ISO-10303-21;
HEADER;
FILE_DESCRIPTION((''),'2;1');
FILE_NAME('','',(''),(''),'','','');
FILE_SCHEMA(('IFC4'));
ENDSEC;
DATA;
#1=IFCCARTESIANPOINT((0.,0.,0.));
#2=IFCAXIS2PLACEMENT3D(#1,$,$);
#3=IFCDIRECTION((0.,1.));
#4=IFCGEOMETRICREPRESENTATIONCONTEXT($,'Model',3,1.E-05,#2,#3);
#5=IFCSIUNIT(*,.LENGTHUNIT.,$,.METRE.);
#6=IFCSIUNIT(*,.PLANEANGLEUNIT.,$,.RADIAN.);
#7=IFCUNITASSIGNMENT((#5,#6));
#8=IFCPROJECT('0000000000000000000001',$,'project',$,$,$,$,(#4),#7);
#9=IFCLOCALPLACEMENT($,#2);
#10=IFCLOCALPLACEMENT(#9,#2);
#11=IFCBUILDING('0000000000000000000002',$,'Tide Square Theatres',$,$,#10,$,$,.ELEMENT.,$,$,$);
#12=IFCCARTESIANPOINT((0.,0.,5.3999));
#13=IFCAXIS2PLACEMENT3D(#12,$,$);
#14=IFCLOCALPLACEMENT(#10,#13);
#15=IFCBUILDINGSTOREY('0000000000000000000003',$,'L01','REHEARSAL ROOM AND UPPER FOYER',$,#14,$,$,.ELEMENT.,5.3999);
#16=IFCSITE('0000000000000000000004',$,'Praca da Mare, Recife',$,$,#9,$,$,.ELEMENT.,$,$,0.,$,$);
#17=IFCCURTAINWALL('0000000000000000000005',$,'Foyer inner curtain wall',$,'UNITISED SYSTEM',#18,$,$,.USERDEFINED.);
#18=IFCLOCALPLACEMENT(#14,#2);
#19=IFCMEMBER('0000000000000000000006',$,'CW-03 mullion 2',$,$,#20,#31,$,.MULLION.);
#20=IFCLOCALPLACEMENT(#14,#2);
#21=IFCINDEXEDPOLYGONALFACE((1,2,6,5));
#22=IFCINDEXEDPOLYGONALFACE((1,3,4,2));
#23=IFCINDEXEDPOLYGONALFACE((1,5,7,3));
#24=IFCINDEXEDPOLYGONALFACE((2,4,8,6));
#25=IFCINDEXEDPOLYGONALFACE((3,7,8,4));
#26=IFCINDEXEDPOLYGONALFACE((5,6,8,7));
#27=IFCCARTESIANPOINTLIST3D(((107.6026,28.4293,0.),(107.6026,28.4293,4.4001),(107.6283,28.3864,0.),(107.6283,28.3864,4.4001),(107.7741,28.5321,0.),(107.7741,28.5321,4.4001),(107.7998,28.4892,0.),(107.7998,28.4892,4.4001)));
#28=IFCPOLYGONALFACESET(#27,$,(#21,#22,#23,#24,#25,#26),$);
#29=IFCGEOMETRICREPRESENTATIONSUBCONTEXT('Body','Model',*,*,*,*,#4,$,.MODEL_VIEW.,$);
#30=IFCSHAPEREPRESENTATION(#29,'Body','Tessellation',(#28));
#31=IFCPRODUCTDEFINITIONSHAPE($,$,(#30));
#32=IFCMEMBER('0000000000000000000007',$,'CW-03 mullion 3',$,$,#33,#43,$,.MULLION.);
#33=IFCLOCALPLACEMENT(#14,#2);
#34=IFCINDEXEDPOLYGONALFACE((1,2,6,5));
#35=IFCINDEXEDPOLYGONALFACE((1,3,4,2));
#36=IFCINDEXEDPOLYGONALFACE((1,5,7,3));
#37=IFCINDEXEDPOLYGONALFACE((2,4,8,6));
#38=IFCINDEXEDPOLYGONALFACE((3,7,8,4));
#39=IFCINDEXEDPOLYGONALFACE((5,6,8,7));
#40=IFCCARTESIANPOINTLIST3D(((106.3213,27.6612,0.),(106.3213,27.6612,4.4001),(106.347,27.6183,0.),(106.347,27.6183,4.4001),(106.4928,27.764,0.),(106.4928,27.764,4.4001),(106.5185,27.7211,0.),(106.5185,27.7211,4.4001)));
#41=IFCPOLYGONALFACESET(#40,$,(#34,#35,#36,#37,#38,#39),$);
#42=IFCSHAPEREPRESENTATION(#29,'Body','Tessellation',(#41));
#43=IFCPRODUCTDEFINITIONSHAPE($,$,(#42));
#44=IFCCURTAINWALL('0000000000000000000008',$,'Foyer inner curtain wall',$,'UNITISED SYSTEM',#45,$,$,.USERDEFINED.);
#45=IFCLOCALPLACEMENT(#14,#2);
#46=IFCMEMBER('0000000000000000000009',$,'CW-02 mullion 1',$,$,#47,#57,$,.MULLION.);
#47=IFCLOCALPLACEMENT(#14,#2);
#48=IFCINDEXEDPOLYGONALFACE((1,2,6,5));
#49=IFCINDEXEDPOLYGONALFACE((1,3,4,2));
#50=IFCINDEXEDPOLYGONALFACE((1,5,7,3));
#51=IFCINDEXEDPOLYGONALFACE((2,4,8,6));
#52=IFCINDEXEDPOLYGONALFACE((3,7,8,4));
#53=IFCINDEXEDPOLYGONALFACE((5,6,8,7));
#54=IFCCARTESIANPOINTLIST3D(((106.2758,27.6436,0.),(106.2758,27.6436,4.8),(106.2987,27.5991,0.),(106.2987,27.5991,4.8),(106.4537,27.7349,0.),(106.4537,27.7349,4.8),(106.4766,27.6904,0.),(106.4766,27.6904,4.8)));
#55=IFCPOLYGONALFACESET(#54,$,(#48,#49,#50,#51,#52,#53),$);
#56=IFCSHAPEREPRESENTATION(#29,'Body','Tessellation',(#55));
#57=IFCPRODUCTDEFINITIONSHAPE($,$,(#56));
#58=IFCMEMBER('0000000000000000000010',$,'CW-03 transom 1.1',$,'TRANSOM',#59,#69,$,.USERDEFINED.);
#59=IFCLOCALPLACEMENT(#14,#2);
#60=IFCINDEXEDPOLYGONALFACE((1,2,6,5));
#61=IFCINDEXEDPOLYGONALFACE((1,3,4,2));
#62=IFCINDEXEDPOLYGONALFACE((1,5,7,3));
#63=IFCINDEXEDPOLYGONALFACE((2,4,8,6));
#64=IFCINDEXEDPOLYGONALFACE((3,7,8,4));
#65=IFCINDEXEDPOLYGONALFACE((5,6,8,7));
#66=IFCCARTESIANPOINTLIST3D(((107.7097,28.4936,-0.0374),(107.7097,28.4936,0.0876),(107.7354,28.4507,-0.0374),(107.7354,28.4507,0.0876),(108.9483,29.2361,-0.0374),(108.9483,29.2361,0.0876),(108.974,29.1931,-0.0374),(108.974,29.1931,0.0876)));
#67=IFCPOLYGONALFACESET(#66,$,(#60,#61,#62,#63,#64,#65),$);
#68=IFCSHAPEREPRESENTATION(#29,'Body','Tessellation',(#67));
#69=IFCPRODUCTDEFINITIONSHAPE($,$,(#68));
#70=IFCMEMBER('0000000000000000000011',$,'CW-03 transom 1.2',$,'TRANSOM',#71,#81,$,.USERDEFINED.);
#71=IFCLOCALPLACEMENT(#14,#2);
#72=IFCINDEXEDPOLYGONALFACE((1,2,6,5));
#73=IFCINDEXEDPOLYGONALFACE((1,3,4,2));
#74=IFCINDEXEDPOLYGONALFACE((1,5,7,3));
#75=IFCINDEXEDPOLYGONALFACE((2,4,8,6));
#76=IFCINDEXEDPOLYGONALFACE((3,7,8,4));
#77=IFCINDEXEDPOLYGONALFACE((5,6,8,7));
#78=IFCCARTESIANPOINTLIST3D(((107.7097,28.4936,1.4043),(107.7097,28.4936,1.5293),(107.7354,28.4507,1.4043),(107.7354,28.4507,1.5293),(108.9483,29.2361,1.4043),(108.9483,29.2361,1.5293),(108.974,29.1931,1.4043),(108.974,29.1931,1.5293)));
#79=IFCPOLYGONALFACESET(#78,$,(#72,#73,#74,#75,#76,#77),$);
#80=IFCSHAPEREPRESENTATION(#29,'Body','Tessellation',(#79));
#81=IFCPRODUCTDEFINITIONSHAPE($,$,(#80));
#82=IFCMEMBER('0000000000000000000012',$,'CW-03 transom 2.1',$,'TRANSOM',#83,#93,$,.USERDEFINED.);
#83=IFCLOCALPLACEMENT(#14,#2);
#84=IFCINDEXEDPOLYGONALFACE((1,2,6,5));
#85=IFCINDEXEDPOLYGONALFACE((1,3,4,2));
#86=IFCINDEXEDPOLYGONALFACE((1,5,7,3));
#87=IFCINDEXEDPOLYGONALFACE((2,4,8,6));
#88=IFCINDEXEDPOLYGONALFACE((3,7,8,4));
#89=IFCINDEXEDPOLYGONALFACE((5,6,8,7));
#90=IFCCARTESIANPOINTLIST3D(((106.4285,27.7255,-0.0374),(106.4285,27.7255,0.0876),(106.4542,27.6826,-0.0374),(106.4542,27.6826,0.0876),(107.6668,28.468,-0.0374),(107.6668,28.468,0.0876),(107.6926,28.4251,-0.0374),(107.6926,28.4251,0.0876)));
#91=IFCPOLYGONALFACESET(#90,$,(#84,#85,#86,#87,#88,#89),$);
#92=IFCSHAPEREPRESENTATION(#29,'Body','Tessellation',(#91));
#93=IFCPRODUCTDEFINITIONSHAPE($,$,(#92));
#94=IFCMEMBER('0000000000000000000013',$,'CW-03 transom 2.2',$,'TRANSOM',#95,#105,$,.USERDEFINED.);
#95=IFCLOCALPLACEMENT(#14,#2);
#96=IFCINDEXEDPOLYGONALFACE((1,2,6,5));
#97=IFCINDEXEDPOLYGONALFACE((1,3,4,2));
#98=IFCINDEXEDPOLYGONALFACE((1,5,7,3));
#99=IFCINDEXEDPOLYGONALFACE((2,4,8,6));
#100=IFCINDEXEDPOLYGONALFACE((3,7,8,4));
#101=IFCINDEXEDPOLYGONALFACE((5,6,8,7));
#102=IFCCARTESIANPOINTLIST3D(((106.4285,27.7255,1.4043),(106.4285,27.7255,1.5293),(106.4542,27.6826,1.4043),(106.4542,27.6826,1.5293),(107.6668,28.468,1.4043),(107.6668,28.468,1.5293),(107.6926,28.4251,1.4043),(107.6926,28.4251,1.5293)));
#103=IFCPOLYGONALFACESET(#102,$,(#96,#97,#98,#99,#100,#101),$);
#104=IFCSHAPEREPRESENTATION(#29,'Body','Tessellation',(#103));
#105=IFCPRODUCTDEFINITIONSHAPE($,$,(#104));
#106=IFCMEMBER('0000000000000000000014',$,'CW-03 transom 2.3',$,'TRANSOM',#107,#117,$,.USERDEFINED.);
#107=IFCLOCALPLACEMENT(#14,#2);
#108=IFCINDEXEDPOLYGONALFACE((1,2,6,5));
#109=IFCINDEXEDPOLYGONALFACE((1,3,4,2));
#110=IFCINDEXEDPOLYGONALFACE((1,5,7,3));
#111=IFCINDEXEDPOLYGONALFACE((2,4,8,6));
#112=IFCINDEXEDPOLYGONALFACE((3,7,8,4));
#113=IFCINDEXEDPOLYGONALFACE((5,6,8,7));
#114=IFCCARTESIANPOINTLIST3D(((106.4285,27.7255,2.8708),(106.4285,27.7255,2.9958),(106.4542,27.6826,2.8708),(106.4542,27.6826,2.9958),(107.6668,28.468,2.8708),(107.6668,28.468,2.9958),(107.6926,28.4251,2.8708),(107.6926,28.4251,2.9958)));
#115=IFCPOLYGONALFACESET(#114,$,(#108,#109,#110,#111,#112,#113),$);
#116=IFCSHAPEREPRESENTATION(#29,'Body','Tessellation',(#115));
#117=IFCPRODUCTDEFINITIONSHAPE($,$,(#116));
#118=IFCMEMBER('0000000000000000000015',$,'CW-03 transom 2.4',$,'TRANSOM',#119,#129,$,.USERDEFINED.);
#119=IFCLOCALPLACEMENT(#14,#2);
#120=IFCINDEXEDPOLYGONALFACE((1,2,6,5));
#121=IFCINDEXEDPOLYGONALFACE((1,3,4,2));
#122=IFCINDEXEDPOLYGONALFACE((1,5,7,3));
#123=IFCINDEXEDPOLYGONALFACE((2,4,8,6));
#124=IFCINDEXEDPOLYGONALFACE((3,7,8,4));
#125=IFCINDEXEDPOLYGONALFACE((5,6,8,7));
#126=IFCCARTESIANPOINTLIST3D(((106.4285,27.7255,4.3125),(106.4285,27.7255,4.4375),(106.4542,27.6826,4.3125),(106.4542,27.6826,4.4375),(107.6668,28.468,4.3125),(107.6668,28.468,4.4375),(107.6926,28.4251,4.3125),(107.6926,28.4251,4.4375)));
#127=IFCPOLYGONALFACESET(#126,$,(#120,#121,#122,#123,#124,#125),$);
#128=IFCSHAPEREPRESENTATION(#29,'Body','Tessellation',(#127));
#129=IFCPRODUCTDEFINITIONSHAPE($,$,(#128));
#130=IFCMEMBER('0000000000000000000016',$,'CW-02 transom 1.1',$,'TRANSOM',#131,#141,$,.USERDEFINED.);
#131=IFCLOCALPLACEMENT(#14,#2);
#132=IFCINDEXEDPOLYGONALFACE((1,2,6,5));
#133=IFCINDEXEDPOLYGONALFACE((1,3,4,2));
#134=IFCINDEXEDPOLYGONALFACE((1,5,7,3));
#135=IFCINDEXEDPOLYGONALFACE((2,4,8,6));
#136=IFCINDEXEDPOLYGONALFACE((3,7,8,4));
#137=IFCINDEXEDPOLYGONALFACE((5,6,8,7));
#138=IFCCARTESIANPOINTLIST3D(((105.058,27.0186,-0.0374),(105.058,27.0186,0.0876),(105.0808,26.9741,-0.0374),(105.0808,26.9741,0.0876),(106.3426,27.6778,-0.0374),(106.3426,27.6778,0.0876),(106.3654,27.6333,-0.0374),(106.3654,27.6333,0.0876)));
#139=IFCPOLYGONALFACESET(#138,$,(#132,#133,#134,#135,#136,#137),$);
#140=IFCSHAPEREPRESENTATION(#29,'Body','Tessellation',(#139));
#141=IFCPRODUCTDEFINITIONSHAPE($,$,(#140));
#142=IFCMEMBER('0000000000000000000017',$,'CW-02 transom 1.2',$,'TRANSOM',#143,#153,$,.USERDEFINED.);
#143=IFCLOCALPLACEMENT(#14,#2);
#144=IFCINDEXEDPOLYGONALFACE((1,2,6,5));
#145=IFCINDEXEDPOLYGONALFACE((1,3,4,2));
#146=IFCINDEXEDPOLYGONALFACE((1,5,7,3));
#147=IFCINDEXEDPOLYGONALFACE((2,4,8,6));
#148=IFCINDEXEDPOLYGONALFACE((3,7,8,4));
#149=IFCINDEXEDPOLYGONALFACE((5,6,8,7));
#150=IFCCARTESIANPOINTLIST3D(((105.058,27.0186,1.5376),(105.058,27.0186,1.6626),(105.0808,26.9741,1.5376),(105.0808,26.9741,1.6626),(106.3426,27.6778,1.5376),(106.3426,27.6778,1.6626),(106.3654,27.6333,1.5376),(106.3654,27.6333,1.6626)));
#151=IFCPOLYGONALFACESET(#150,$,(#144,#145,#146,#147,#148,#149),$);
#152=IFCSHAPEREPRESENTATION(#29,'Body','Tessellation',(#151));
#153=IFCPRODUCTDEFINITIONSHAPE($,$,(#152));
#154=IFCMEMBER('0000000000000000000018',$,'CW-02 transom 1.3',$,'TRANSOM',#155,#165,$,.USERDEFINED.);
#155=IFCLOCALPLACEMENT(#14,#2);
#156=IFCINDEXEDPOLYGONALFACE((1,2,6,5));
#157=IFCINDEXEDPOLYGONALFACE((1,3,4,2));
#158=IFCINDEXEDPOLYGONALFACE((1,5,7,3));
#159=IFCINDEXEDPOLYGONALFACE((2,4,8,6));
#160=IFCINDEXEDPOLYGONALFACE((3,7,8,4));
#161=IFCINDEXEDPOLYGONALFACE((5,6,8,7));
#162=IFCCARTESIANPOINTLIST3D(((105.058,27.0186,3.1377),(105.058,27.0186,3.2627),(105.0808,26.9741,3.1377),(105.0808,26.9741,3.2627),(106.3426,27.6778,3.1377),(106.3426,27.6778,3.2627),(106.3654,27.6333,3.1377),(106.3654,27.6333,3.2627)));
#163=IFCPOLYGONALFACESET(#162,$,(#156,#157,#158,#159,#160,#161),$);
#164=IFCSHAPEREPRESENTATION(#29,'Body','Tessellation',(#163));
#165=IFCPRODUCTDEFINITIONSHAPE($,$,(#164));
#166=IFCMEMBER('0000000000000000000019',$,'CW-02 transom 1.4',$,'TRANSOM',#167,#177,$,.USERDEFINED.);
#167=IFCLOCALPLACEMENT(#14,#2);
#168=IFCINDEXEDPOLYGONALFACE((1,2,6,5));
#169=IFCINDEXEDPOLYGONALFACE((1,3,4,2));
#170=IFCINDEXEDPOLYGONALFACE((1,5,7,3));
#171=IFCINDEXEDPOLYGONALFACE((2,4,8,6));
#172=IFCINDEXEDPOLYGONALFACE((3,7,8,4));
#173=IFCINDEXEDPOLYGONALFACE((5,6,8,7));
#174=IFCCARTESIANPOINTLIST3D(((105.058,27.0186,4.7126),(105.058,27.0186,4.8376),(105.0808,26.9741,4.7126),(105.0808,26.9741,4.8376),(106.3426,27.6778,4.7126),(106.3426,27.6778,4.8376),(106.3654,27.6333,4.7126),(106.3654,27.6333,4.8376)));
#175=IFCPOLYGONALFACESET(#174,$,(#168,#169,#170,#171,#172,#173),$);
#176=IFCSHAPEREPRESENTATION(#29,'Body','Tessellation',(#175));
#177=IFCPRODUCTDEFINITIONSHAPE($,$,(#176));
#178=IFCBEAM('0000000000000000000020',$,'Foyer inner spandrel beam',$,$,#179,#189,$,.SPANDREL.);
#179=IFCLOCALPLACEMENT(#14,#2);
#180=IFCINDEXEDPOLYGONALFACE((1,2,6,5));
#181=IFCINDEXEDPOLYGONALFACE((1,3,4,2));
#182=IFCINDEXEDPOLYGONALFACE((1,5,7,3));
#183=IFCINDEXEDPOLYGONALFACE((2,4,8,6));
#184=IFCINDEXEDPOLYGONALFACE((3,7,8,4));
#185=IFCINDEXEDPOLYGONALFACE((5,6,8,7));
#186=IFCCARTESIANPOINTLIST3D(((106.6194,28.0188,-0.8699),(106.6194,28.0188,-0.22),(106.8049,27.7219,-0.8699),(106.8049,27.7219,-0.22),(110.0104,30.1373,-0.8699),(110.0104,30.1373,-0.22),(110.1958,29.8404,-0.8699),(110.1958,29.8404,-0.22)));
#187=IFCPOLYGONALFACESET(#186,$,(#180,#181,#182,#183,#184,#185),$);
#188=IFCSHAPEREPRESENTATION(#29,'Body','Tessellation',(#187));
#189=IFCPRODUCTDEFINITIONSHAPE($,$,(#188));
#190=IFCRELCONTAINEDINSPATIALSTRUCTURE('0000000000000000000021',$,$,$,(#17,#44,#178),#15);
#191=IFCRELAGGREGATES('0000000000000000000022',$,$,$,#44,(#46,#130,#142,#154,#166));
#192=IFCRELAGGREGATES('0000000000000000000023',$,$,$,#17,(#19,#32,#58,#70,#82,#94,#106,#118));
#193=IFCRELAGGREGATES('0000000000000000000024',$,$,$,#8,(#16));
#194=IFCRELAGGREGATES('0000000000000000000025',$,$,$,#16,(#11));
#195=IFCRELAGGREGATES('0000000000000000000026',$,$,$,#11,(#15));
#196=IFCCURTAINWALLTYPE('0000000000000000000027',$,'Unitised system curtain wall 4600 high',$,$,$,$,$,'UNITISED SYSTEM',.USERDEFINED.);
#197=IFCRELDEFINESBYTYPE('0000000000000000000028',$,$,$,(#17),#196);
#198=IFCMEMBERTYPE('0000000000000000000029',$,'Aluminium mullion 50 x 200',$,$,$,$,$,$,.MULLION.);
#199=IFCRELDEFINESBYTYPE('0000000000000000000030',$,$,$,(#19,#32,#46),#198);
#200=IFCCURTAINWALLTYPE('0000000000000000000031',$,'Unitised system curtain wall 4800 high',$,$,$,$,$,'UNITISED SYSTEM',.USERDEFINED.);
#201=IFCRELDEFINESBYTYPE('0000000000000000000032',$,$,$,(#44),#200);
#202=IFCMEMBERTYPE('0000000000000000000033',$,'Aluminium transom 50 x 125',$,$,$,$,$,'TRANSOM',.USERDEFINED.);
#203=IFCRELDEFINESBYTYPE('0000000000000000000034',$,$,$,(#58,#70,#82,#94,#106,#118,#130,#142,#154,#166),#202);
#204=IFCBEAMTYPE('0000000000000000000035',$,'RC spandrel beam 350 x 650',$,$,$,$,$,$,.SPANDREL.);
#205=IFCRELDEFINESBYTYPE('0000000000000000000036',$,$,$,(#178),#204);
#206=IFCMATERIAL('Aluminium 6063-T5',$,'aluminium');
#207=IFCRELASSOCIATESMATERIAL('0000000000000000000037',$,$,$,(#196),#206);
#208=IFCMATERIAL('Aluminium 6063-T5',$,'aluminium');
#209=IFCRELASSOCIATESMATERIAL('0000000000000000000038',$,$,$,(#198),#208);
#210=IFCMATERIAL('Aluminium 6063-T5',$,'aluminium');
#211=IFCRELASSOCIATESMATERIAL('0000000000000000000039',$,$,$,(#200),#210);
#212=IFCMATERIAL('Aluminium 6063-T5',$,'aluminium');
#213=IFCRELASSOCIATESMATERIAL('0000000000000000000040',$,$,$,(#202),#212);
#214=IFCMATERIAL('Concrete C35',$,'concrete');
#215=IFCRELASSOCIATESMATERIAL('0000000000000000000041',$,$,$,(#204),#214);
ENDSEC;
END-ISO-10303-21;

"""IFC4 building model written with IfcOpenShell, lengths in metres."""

from ifc_helpers import new_model, si_unit, direction, frame, origin, origin_2d, place, context, subcontext, project, spatial, rectangle, extrude, material, material_profile, profile_set, type_object, element, aggregate, save


model = new_model("IFC4")

# Units and contexts
model_context = context("Model", 3, precision=1e-05, world=origin(), true_north=direction((0.0, 1.0)))
body_context = subcontext(model_context, "Body", "Model", "MODEL_VIEW")
ifc_project = project(units=[si_unit("LENGTHUNIT", "METRE"), si_unit("PLANEANGLEUNIT", "RADIAN")], contexts=[model_context])

# Site, building, storey
site_placement = place(None, origin())
site = spatial("IfcSite", under=ifc_project, at=site_placement, Name="Praca da Mare, Recife", CompositionType="ELEMENT", RefElevation=0.0)
building_placement = place(site_placement, origin())
building = spatial("IfcBuilding", under=site, at=building_placement, Name="Tide Square Theatres", CompositionType="ELEMENT")
storey_placement = place(building_placement, frame((0.0, 0.0, 5.3999)))
storey = spatial("IfcBuildingStorey", under=building, at=storey_placement, Name="L01", Description="REHEARSAL ROOM AND UPPER FOYER", CompositionType="ELEMENT", Elevation=5.3999)

# Curtain wall, members
ifc_material_1 = material(Name="Aluminium 6063-T5", Category="aluminium")
curtain_wall_type_1 = type_object("IfcCurtainWallType", Name="Unitised system curtain wall 4600 high", ElementType="UNITISED SYSTEM", PredefinedType="USERDEFINED", material=ifc_material_1)
curtain_wall_1_placement = place(storey_placement, origin())
curtain_wall_1 = element("IfcCurtainWall", 1, at=curtain_wall_1_placement, inside=storey, type_object=curtain_wall_type_1, Name="Foyer inner curtain wall", ObjectType="UNITISED SYSTEM", PredefinedType="USERDEFINED")
ifc_material_2 = material(Name="Aluminium 6063-T5", Category="aluminium")
ifc_material_profile_1 = material_profile(ifc_material_2, rectangle(XDim=0.05, YDim=0.2, at=origin_2d()))
ifc_profile_set_1 = profile_set([ifc_material_profile_1], Name="Aluminium 6063-T5")
member_type_1 = type_object("IfcMemberType", Name="Aluminium mullion 50 x 200", PredefinedType="MULLION", material=ifc_profile_set_1)
member_1_placement = place(storey_placement, frame((107.7012, 28.4592, 0.0), z_axis=(0.0, 0.0, 1.0), x_axis=(0.514128, -0.857714, 0.0)))
member_1 = element("IfcMember", 2, at=member_1_placement, type_object=member_type_1, Name="CW-03 mullion 2", PredefinedType="MULLION", context=body_context, shape_type="SweptSolid", body=[
    extrude(rectangle(XDim=0.05, YDim=0.2, at=origin_2d()), origin(), (0.0, 0.0, 1.0), 4.4001),
])
member_2_placement = place(storey_placement, frame((106.4199, 27.6912, 0.0), z_axis=(0.0, 0.0, 1.0), x_axis=(0.514128, -0.857714, 0.0)))
member_2 = element("IfcMember", 3, at=member_2_placement, type_object=member_type_1, Name="CW-03 mullion 3", PredefinedType="MULLION", context=body_context, shape_type="SweptSolid", body=[
    extrude(rectangle(XDim=0.05, YDim=0.2, at=origin_2d()), origin(), (0.0, 0.0, 1.0), 4.4001),
])

# Curtain wall, member
ifc_material_3 = material(Name="Aluminium 6063-T5", Category="aluminium")
curtain_wall_type_2 = type_object("IfcCurtainWallType", Name="Unitised system curtain wall 4800 high", ElementType="UNITISED SYSTEM", PredefinedType="USERDEFINED", material=ifc_material_3)
curtain_wall_2_placement = place(storey_placement, origin())
curtain_wall_2 = element("IfcCurtainWall", 4, at=curtain_wall_2_placement, inside=storey, type_object=curtain_wall_type_2, Name="Foyer inner curtain wall", ObjectType="UNITISED SYSTEM", PredefinedType="USERDEFINED")
member_3_placement = place(storey_placement, frame((106.3762, 27.667, 0.0), z_axis=(0.0, 0.0, 1.0), x_axis=(0.456564, -0.889691, 0.0)))
member_3 = element("IfcMember", 5, at=member_3_placement, type_object=member_type_1, Name="CW-02 mullion 1", PredefinedType="MULLION", context=body_context, shape_type="SweptSolid", body=[
    extrude(rectangle(XDim=0.05, YDim=0.2, at=origin_2d()), origin(), (0.0, 0.0, 1.0), 4.8),
])

# Members
ifc_material_4 = material(Name="Aluminium 6063-T5", Category="aluminium")
ifc_material_profile_2 = material_profile(ifc_material_4, rectangle(XDim=0.05, YDim=0.125, at=origin_2d()))
ifc_profile_set_2 = profile_set([ifc_material_profile_2], Name="Aluminium 6063-T5")
member_type_2 = type_object("IfcMemberType", Name="Aluminium transom 50 x 125", ElementType="TRANSOM", PredefinedType="USERDEFINED", material=ifc_profile_set_2)
member_4_placement = place(storey_placement, frame((108.9612, 29.2146, 0.0251), z_axis=(-0.857702, -0.514148, 0.0), x_axis=(0.514148, -0.857702, 0.0)))
member_4 = element("IfcMember", 6, at=member_4_placement, type_object=member_type_2, Name="CW-03 transom 1.1", ObjectType="TRANSOM", PredefinedType="USERDEFINED", context=body_context, shape_type="SweptSolid", body=[
    extrude(rectangle(XDim=0.05, YDim=0.125, at=origin_2d()), origin(), (0.0, 0.0, 1.0), 1.4441),
])
member_5_placement = place(storey_placement, frame((108.9612, 29.2146, 1.4668), z_axis=(-0.857702, -0.514148, 0.0), x_axis=(0.514148, -0.857702, 0.0)))
member_5 = element("IfcMember", 7, at=member_5_placement, type_object=member_type_2, Name="CW-03 transom 1.2", ObjectType="TRANSOM", PredefinedType="USERDEFINED", context=body_context, shape_type="SweptSolid", body=[
    extrude(rectangle(XDim=0.05, YDim=0.125, at=origin_2d()), origin(), (0.0, 0.0, 1.0), 1.4441),
])
member_6_placement = place(storey_placement, frame((107.6797, 28.4465, 0.0251), z_axis=(-0.857657, -0.514222, 0.0), x_axis=(0.514222, -0.857657, 0.0)))
member_6 = element("IfcMember", 8, at=member_6_placement, type_object=member_type_2, Name="CW-03 transom 2.1", ObjectType="TRANSOM", PredefinedType="USERDEFINED", context=body_context, shape_type="SweptSolid", body=[
    extrude(rectangle(XDim=0.05, YDim=0.125, at=origin_2d()), origin(), (0.0, 0.0, 1.0), 1.4438),
])
member_7_placement = place(storey_placement, frame((107.6797, 28.4465, 1.4668), z_axis=(-0.857657, -0.514222, 0.0), x_axis=(0.514222, -0.857657, 0.0)))
member_7 = element("IfcMember", 9, at=member_7_placement, type_object=member_type_2, Name="CW-03 transom 2.2", ObjectType="TRANSOM", PredefinedType="USERDEFINED", context=body_context, shape_type="SweptSolid", body=[
    extrude(rectangle(XDim=0.05, YDim=0.125, at=origin_2d()), origin(), (0.0, 0.0, 1.0), 1.4438),
])
member_8_placement = place(storey_placement, frame((107.6797, 28.4465, 2.9333), z_axis=(-0.857657, -0.514222, 0.0), x_axis=(0.514222, -0.857657, 0.0)))
member_8 = element("IfcMember", 10, at=member_8_placement, type_object=member_type_2, Name="CW-03 transom 2.3", ObjectType="TRANSOM", PredefinedType="USERDEFINED", context=body_context, shape_type="SweptSolid", body=[
    extrude(rectangle(XDim=0.05, YDim=0.125, at=origin_2d()), origin(), (0.0, 0.0, 1.0), 1.4438),
])
member_9_placement = place(storey_placement, frame((107.6797, 28.4465, 4.375), z_axis=(-0.857657, -0.514222, 0.0), x_axis=(0.514222, -0.857657, 0.0)))
member_9 = element("IfcMember", 11, at=member_9_placement, type_object=member_type_2, Name="CW-03 transom 2.4", ObjectType="TRANSOM", PredefinedType="USERDEFINED", context=body_context, shape_type="SweptSolid", body=[
    extrude(rectangle(XDim=0.05, YDim=0.125, at=origin_2d()), origin(), (0.0, 0.0, 1.0), 1.4438),
])
member_10_placement = place(storey_placement, frame((106.354, 27.6555, 0.0251), z_axis=(-0.889712, -0.456523, 0.0), x_axis=(0.456523, -0.889712, 0.0)))
member_10 = element("IfcMember", 12, at=member_10_placement, type_object=member_type_2, Name="CW-02 transom 1.1", ObjectType="TRANSOM", PredefinedType="USERDEFINED", context=body_context, shape_type="SweptSolid", body=[
    extrude(rectangle(XDim=0.05, YDim=0.125, at=origin_2d()), origin(), (0.0, 0.0, 1.0), 1.4438),
])
member_11_placement = place(storey_placement, frame((106.354, 27.6555, 1.6001), z_axis=(-0.889712, -0.456523, 0.0), x_axis=(0.456523, -0.889712, 0.0)))
member_11 = element("IfcMember", 13, at=member_11_placement, type_object=member_type_2, Name="CW-02 transom 1.2", ObjectType="TRANSOM", PredefinedType="USERDEFINED", context=body_context, shape_type="SweptSolid", body=[
    extrude(rectangle(XDim=0.05, YDim=0.125, at=origin_2d()), origin(), (0.0, 0.0, 1.0), 1.4438),
])
member_12_placement = place(storey_placement, frame((106.354, 27.6555, 3.2002), z_axis=(-0.889712, -0.456523, 0.0), x_axis=(0.456523, -0.889712, 0.0)))
member_12 = element("IfcMember", 14, at=member_12_placement, type_object=member_type_2, Name="CW-02 transom 1.3", ObjectType="TRANSOM", PredefinedType="USERDEFINED", context=body_context, shape_type="SweptSolid", body=[
    extrude(rectangle(XDim=0.05, YDim=0.125, at=origin_2d()), origin(), (0.0, 0.0, 1.0), 1.4438),
])
member_13_placement = place(storey_placement, frame((106.354, 27.6555, 4.7751), z_axis=(-0.889712, -0.456523, 0.0), x_axis=(0.456523, -0.889712, 0.0)))
member_13 = element("IfcMember", 15, at=member_13_placement, type_object=member_type_2, Name="CW-02 transom 1.4", ObjectType="TRANSOM", PredefinedType="USERDEFINED", context=body_context, shape_type="SweptSolid", body=[
    extrude(rectangle(XDim=0.05, YDim=0.125, at=origin_2d()), origin(), (0.0, 0.0, 1.0), 1.4438),
])
aggregate(curtain_wall_2, [member_3, member_10, member_11, member_12, member_13])

# Beam
ifc_material_5 = material(Name="Concrete C35", Category="concrete")
ifc_material_profile_3 = material_profile(ifc_material_5, rectangle(XDim=0.3501, YDim=0.6499, at=origin_2d()))
ifc_profile_set_3 = profile_set([ifc_material_profile_3], Name="Concrete C35")
beam_type = type_object("IfcBeamType", Name="RC spandrel beam 350 x 650", PredefinedType="SPANDREL", material=ifc_profile_set_3)
beam_placement = place(storey_placement, frame((106.7122, 27.8704, -0.5449), z_axis=(0.848098, 0.52984, 0.0), x_axis=(-0.52984, 0.848098, 0.0)))
element("IfcBeam", 16, at=beam_placement, inside=storey, type_object=beam_type, Name="Foyer inner spandrel beam", PredefinedType="SPANDREL", context=body_context, shape_type="SweptSolid", body=[
    extrude(rectangle(XDim=0.3501, YDim=0.6499, at=origin_2d()), origin(), (0.0, 0.0, 1.0), 3.9983),
])

aggregate(curtain_wall_1, [member_1, member_2, member_4, member_5, member_6, member_7, member_8, member_9])

save(model, "model.ifc")
